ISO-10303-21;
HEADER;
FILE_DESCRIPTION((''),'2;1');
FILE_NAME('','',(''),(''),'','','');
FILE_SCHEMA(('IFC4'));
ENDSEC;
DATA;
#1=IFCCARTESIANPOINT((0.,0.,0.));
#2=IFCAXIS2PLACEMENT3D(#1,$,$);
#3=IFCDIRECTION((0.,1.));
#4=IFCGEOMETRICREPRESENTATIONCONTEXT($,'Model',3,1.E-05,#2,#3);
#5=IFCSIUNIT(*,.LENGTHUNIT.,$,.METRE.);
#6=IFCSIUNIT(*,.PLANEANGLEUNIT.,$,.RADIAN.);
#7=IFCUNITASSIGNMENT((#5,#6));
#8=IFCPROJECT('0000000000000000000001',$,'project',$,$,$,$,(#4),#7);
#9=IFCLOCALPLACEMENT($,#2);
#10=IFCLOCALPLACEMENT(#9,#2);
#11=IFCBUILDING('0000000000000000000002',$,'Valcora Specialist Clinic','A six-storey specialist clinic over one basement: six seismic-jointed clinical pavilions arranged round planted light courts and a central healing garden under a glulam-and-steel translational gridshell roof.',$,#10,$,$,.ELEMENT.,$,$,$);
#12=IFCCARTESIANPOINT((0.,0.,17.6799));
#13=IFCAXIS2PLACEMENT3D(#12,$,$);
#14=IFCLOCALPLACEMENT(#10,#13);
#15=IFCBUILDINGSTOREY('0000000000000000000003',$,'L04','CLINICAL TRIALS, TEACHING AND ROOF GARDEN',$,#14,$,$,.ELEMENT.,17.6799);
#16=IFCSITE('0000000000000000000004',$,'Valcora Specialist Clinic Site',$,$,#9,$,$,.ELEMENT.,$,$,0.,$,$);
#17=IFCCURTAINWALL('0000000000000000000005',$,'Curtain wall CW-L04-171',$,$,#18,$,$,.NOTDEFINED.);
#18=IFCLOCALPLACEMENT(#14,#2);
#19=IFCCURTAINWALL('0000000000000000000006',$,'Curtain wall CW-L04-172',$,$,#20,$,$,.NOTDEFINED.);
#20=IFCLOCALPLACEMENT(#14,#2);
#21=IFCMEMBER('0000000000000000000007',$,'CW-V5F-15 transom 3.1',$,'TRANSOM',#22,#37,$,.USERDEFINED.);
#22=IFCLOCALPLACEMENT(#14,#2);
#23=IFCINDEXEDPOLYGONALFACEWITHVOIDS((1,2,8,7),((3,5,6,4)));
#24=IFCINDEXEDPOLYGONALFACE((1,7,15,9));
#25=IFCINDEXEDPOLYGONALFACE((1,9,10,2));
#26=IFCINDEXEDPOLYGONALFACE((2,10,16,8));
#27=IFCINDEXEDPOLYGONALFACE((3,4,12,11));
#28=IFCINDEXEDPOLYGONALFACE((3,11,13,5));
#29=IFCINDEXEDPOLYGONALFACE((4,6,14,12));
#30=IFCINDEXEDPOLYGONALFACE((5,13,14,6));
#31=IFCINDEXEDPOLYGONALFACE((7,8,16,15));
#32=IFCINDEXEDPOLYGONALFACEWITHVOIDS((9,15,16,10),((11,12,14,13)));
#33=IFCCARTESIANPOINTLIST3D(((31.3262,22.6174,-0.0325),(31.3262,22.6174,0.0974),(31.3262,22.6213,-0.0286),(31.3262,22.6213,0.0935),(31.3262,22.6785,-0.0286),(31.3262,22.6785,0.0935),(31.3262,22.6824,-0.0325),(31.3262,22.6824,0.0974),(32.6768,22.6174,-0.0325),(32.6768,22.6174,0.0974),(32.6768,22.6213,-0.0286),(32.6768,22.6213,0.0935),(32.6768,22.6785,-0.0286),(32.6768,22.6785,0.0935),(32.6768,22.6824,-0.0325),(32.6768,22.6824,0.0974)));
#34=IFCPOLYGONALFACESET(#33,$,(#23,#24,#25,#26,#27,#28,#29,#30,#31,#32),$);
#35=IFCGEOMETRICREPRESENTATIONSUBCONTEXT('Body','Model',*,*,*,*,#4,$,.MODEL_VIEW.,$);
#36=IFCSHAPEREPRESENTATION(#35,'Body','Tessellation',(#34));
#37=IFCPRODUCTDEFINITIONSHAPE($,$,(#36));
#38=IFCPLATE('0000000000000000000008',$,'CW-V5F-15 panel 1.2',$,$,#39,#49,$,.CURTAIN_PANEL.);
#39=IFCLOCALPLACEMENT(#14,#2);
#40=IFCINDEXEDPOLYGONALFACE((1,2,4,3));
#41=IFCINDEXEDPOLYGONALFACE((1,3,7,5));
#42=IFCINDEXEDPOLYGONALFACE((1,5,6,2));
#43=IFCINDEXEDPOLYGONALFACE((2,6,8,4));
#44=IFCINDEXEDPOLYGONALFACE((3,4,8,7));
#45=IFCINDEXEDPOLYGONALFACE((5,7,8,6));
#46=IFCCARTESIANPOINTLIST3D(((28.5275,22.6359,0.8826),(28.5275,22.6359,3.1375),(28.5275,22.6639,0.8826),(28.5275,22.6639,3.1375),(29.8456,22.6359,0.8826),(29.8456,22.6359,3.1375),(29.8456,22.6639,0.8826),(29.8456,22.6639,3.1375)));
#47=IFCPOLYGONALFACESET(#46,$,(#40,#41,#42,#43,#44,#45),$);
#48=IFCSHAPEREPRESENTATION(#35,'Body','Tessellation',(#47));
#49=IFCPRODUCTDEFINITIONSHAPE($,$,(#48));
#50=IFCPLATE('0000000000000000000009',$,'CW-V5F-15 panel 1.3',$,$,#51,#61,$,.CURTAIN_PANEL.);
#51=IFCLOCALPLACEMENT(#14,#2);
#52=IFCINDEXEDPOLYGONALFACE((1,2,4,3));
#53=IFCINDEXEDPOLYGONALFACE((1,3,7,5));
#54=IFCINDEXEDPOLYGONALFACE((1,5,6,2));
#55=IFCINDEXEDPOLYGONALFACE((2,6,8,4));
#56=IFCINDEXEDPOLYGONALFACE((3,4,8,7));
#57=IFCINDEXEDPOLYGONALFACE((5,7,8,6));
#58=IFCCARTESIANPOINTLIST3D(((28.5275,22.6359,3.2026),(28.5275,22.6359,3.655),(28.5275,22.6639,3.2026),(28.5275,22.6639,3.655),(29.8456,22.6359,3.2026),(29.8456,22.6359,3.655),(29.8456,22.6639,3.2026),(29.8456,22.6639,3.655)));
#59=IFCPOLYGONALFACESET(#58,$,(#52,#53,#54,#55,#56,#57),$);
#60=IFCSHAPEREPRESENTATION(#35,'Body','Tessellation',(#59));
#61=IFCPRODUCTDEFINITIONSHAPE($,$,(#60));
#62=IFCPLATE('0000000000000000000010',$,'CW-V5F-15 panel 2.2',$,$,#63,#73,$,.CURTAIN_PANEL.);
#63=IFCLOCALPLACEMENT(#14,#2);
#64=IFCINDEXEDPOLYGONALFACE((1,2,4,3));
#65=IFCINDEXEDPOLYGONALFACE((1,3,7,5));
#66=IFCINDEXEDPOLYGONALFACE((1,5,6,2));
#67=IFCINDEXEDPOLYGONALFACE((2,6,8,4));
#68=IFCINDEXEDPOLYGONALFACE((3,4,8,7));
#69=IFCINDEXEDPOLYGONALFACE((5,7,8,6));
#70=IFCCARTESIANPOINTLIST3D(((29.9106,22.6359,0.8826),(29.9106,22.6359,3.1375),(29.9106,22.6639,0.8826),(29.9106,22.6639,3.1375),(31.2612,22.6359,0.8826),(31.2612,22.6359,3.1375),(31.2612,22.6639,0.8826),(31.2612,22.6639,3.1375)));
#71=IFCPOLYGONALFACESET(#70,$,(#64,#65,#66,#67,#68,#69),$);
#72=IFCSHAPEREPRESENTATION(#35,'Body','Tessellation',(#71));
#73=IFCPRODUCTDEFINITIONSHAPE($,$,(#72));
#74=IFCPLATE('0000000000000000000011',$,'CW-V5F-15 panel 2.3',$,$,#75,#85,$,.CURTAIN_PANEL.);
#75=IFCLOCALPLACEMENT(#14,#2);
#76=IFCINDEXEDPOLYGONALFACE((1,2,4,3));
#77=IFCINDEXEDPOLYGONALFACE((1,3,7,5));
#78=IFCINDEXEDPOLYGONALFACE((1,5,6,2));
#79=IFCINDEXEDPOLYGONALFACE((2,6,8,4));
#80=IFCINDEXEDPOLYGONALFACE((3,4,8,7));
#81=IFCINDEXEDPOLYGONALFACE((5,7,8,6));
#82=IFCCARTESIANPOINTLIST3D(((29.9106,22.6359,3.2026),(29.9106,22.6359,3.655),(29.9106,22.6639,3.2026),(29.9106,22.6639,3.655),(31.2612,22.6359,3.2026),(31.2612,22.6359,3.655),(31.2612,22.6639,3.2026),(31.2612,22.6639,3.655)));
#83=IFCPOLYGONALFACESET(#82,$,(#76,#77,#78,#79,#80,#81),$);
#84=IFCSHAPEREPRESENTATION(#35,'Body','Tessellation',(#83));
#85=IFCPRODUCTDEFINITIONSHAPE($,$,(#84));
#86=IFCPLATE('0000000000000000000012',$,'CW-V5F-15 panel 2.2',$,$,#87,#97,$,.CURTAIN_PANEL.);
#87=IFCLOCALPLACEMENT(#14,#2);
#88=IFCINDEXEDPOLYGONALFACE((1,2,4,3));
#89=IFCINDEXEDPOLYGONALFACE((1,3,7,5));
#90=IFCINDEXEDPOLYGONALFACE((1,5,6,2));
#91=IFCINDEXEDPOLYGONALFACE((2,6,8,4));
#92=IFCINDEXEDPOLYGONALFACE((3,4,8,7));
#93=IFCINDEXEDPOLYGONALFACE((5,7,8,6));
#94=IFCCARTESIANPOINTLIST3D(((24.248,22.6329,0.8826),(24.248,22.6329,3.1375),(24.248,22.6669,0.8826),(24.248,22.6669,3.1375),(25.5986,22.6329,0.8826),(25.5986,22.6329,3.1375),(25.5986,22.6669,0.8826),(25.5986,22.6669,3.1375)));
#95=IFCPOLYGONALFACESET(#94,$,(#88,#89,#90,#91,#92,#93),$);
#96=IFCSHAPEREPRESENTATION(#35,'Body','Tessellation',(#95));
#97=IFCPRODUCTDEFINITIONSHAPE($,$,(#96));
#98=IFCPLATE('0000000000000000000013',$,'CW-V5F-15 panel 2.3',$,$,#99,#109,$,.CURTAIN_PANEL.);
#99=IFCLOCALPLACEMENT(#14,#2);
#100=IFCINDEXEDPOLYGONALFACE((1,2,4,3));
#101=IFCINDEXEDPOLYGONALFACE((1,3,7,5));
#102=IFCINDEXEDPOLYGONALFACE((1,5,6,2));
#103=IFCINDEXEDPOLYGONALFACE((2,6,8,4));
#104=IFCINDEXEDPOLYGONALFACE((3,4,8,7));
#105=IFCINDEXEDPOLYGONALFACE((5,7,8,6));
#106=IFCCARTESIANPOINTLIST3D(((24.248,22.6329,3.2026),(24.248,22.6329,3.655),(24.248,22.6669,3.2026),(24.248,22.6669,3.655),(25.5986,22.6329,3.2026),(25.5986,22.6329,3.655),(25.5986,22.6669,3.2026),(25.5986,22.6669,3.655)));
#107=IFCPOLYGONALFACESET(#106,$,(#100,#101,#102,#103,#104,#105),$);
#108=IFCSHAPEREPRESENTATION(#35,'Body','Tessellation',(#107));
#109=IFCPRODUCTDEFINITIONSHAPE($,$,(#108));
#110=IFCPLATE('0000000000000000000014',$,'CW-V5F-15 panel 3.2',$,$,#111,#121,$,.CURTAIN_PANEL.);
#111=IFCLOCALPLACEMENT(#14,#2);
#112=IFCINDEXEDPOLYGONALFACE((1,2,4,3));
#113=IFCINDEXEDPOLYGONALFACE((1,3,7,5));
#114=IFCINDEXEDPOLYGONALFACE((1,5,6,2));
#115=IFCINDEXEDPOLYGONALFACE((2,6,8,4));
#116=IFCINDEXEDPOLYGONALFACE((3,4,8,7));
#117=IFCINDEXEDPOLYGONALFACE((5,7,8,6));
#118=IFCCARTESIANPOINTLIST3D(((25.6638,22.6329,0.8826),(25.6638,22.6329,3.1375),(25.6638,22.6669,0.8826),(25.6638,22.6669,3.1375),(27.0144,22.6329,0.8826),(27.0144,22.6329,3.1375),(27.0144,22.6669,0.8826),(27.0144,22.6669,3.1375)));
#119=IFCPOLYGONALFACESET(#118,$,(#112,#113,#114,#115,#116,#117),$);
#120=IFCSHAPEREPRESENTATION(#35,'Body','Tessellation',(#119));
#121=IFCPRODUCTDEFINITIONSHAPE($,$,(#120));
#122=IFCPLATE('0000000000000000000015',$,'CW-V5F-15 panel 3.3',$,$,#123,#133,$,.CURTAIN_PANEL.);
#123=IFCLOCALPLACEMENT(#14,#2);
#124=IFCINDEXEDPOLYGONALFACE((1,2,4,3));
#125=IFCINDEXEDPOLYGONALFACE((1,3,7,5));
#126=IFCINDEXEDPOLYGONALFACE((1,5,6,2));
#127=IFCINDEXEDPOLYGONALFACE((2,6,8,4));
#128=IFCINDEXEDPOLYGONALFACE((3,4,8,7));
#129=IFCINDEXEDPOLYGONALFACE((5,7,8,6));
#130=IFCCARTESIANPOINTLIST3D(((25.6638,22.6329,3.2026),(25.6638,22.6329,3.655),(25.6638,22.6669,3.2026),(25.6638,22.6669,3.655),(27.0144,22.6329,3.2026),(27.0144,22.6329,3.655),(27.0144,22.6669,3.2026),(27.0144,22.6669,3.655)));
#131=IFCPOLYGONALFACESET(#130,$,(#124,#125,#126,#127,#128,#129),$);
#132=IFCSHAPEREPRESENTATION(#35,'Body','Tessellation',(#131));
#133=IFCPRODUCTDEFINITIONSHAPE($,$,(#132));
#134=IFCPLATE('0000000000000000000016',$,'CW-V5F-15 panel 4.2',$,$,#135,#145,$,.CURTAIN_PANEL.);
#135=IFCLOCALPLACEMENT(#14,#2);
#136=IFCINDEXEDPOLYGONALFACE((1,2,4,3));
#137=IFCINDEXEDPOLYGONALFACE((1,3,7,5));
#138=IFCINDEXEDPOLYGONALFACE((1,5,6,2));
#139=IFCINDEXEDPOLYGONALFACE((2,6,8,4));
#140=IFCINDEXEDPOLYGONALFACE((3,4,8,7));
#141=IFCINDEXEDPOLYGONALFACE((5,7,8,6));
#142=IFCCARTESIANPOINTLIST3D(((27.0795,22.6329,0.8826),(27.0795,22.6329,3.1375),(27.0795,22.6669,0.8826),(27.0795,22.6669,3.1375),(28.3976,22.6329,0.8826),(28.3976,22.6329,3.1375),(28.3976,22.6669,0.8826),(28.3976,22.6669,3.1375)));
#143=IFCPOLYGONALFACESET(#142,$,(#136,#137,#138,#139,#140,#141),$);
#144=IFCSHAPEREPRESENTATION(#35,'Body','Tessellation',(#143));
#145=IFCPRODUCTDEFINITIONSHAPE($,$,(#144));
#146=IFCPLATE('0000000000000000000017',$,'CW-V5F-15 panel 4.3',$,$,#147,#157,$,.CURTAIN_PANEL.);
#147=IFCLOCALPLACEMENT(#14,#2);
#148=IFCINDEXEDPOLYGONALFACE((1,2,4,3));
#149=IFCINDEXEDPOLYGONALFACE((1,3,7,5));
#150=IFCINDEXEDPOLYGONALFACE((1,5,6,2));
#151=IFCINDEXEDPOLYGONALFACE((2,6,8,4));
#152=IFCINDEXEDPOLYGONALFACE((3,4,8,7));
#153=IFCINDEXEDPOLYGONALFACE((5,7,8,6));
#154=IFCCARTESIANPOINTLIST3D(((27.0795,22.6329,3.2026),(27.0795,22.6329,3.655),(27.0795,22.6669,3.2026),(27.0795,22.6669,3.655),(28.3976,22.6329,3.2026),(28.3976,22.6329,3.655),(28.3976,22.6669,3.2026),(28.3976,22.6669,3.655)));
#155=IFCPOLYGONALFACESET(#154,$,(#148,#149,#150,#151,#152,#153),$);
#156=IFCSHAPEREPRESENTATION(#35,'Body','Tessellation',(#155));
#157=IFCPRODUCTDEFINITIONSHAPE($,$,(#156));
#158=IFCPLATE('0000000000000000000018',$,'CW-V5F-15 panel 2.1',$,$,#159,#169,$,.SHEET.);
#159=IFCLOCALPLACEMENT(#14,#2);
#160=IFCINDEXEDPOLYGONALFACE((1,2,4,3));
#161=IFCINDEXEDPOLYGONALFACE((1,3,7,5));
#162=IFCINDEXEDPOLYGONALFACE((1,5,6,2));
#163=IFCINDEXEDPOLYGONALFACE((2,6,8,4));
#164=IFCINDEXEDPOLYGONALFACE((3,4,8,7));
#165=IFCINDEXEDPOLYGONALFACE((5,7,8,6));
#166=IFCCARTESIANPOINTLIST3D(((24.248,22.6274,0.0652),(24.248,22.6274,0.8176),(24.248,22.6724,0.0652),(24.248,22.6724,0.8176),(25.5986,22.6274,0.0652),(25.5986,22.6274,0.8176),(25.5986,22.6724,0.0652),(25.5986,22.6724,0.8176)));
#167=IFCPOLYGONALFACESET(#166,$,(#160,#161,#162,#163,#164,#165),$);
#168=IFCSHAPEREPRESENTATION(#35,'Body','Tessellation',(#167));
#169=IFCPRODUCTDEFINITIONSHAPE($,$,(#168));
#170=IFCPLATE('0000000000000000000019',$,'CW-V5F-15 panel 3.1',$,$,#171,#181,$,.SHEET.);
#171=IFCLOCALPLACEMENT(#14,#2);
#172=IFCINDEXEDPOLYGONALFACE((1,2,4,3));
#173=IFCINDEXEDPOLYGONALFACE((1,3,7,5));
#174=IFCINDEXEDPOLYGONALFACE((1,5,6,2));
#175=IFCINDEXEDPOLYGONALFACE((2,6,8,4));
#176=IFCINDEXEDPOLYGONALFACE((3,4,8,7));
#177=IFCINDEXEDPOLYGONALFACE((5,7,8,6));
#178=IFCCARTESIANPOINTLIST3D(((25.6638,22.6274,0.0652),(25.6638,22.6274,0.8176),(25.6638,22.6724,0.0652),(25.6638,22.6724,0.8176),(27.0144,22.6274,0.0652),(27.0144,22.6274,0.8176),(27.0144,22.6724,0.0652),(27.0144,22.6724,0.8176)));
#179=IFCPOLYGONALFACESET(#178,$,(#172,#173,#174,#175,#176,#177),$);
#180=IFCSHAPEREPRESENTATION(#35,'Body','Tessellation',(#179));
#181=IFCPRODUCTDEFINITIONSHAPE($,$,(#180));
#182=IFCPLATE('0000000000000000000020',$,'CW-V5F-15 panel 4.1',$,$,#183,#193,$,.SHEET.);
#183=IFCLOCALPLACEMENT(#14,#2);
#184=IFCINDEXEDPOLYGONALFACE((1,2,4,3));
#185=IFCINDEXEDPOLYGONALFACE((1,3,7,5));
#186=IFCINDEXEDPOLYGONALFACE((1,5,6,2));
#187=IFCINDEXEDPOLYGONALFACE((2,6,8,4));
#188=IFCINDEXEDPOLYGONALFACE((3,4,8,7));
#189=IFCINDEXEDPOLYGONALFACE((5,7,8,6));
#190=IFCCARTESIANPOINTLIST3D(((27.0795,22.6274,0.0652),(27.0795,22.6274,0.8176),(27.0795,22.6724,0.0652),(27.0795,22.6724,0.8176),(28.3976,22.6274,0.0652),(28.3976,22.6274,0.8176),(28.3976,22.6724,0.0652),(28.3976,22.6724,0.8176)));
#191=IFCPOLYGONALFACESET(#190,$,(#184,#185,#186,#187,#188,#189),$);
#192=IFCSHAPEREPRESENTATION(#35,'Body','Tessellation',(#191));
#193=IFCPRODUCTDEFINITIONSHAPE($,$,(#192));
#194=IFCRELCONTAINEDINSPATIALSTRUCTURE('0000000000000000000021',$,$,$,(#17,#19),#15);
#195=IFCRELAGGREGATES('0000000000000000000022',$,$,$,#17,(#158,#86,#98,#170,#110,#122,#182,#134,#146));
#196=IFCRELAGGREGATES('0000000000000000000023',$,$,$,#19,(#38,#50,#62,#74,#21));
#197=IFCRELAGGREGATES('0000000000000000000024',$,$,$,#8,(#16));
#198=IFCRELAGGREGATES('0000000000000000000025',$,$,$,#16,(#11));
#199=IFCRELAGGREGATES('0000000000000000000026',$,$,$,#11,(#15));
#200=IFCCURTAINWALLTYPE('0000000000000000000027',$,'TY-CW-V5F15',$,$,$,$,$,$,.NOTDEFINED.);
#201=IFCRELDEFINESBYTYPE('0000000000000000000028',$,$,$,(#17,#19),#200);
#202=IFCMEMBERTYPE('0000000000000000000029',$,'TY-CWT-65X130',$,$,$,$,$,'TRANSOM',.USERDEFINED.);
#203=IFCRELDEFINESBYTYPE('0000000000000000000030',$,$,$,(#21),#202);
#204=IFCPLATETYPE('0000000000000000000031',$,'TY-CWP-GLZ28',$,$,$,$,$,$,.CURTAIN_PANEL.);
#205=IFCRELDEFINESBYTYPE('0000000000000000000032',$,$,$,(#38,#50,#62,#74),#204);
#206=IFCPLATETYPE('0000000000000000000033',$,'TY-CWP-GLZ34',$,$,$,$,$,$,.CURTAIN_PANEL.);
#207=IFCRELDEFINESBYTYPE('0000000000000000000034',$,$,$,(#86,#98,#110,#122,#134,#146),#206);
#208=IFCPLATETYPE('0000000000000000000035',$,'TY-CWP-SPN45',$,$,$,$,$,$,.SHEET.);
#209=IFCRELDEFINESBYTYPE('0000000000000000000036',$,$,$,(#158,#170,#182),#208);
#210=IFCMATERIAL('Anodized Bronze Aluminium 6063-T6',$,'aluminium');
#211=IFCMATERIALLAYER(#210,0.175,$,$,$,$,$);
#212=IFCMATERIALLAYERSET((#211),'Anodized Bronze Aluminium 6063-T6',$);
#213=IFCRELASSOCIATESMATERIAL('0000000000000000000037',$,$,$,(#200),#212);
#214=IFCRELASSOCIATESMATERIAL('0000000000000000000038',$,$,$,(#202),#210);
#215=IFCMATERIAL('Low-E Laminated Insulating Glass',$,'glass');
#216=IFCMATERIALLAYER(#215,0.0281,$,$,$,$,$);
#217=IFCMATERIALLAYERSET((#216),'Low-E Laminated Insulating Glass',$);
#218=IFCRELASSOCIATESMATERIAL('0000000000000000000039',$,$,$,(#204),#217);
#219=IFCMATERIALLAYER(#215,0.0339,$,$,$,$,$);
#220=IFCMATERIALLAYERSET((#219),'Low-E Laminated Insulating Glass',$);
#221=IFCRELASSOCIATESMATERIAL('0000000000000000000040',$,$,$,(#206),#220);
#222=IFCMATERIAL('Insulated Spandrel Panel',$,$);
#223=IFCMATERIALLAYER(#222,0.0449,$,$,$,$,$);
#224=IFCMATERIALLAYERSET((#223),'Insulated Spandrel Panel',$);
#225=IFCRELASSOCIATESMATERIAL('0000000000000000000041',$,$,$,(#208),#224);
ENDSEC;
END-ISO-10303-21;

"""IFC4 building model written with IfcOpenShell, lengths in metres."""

from ifc_helpers import new_model, si_unit, direction, frame, origin, origin_2d, place, context, subcontext, project, spatial, rectangle, hollow_rectangle, extrude, material, layer, layer_set, material_profile, profile_set, type_object, element, aggregate, save


model = new_model("IFC4")

# Units and contexts
model_context = context("Model", 3, precision=1e-05, world=origin(), true_north=direction((0.0, 1.0)))
body_context = subcontext(model_context, "Body", "Model", "MODEL_VIEW")
ifc_project = project(units=[si_unit("LENGTHUNIT", "METRE"), si_unit("PLANEANGLEUNIT", "RADIAN")], contexts=[model_context])

# Site, building, storey
site_placement = place(None, origin())
site = spatial("IfcSite", under=ifc_project, at=site_placement, Name="Valcora Specialist Clinic Site", CompositionType="ELEMENT", RefElevation=0.0)
building_placement = place(site_placement, origin())
building = spatial("IfcBuilding", under=site, at=building_placement, Name="Valcora Specialist Clinic", Description="A six-storey specialist clinic over one basement: six seismic-jointed clinical pavilions arranged round planted light courts and a central healing garden under a glulam-and-steel translational gridshell roof.", CompositionType="ELEMENT")
storey_placement = place(building_placement, frame((0.0, 0.0, 17.6799)))
storey = spatial("IfcBuildingStorey", under=building, at=storey_placement, Name="L04", Description="CLINICAL TRIALS, TEACHING AND ROOF GARDEN", CompositionType="ELEMENT", Elevation=17.6799)

# Curtain walls
ifc_material_1 = material(Name="Anodized Bronze Aluminium 6063-T6", Category="aluminium")
ifc_layer_1 = layer(ifc_material_1, 0.175)
ifc_layer_set_1 = layer_set([ifc_layer_1], Name="Anodized Bronze Aluminium 6063-T6")
curtain_wall_type = type_object("IfcCurtainWallType", Name="TY-CW-V5F15", PredefinedType="NOTDEFINED", material=ifc_layer_set_1)
curtain_wall_1_placement = place(storey_placement, origin())
curtain_wall_1 = element("IfcCurtainWall", 1, at=curtain_wall_1_placement, inside=storey, type_object=curtain_wall_type, Name="Curtain wall CW-L04-171", PredefinedType="NOTDEFINED")
curtain_wall_2_placement = place(storey_placement, origin())
curtain_wall_2 = element("IfcCurtainWall", 2, at=curtain_wall_2_placement, inside=storey, type_object=curtain_wall_type, Name="Curtain wall CW-L04-172", PredefinedType="NOTDEFINED")

# Member
ifc_material_profile_1 = material_profile(ifc_material_1, hollow_rectangle(XDim=0.0649, YDim=0.1299, WallThickness=0.0039, at=origin_2d()), Name="AL-TRN-65X130")
ifc_profile_set_1 = profile_set([ifc_material_profile_1], Name="Anodized Bronze Aluminium 6063-T6")
member_type_1 = type_object("IfcMemberType", Name="TY-CWT-65X130", ElementType="TRANSOM", PredefinedType="USERDEFINED", material=ifc_profile_set_1)
member_1_placement = place(storey_placement, frame((31.3262, 22.6499, 0.0325), z_axis=(1.0, 0.0, 0.0), x_axis=(0.0, 1.0, 0.0)))
member_1 = element("IfcMember", 3, at=member_1_placement, type_object=member_type_1, Name="CW-V5F-15 transom 3.1", ObjectType="TRANSOM", PredefinedType="USERDEFINED", context=body_context, shape_type="SweptSolid", body=[
    extrude(hollow_rectangle(XDim=0.0649, YDim=0.1299, WallThickness=0.0039, at=origin_2d()), origin(), (0.0, 0.0, 1.0), 1.3506),
])

# Plates
ifc_material_2 = material(Name="Low-E Laminated Insulating Glass", Category="glass")
ifc_layer_2 = layer(ifc_material_2, 0.0281)
ifc_layer_set_2 = layer_set([ifc_layer_2], Name="Low-E Laminated Insulating Glass")
plate_type_1 = type_object("IfcPlateType", Name="TY-CWP-GLZ28", PredefinedType="CURTAIN_PANEL", material=ifc_layer_set_2)
plate_1_placement = place(storey_placement, frame((29.1865, 22.6499, 0.8826), z_axis=(0.0, 0.0, 1.0), x_axis=(1.0, 0.0, 0.0)))
plate_1 = element("IfcPlate", 4, at=plate_1_placement, type_object=plate_type_1, Name="CW-V5F-15 panel 1.2", PredefinedType="CURTAIN_PANEL", context=body_context, shape_type="SweptSolid", body=[
    extrude(rectangle(XDim=1.3181, YDim=0.0281, at=origin_2d()), origin(), (0.0, 0.0, 1.0), 2.2549),
])
plate_2_placement = place(storey_placement, frame((29.1865, 22.6499, 3.2026), z_axis=(0.0, 0.0, 1.0), x_axis=(1.0, 0.0, 0.0)))
plate_2 = element("IfcPlate", 5, at=plate_2_placement, type_object=plate_type_1, Name="CW-V5F-15 panel 1.3", PredefinedType="CURTAIN_PANEL", context=body_context, shape_type="SweptSolid", body=[
    extrude(rectangle(XDim=1.3181, YDim=0.0281, at=origin_2d()), origin(), (0.0, 0.0, 1.0), 0.4524),
])
plate_3_placement = place(storey_placement, frame((30.5859, 22.6499, 0.8826), z_axis=(0.0, 0.0, 1.0), x_axis=(1.0, 0.0, 0.0)))
plate_3 = element("IfcPlate", 6, at=plate_3_placement, type_object=plate_type_1, Name="CW-V5F-15 panel 2.2", PredefinedType="CURTAIN_PANEL", context=body_context, shape_type="SweptSolid", body=[
    extrude(rectangle(XDim=1.3506, YDim=0.0281, at=origin_2d()), origin(), (0.0, 0.0, 1.0), 2.2549),
])
plate_4_placement = place(storey_placement, frame((30.5859, 22.6499, 3.2026), z_axis=(0.0, 0.0, 1.0), x_axis=(1.0, 0.0, 0.0)))
plate_4 = element("IfcPlate", 7, at=plate_4_placement, type_object=plate_type_1, Name="CW-V5F-15 panel 2.3", PredefinedType="CURTAIN_PANEL", context=body_context, shape_type="SweptSolid", body=[
    extrude(rectangle(XDim=1.3506, YDim=0.0281, at=origin_2d()), origin(), (0.0, 0.0, 1.0), 0.4524),
])
ifc_layer_3 = layer(ifc_material_2, 0.0339)
ifc_layer_set_3 = layer_set([ifc_layer_3], Name="Low-E Laminated Insulating Glass")
plate_type_2 = type_object("IfcPlateType", Name="TY-CWP-GLZ34", PredefinedType="CURTAIN_PANEL", material=ifc_layer_set_3)
plate_5_placement = place(storey_placement, frame((24.9233, 22.6499, 0.8826), z_axis=(0.0, 0.0, 1.0), x_axis=(1.0, 0.0, 0.0)))
plate_5 = element("IfcPlate", 8, at=plate_5_placement, type_object=plate_type_2, Name="CW-V5F-15 panel 2.2", PredefinedType="CURTAIN_PANEL", context=body_context, shape_type="SweptSolid", body=[
    extrude(rectangle(XDim=1.3506, YDim=0.0339, at=origin_2d()), origin(), (0.0, 0.0, 1.0), 2.2549),
])
plate_6_placement = place(storey_placement, frame((24.9233, 22.6499, 3.2026), z_axis=(0.0, 0.0, 1.0), x_axis=(1.0, 0.0, 0.0)))
plate_6 = element("IfcPlate", 9, at=plate_6_placement, type_object=plate_type_2, Name="CW-V5F-15 panel 2.3", PredefinedType="CURTAIN_PANEL", context=body_context, shape_type="SweptSolid", body=[
    extrude(rectangle(XDim=1.3506, YDim=0.0339, at=origin_2d()), origin(), (0.0, 0.0, 1.0), 0.4524),
])
plate_7_placement = place(storey_placement, frame((26.3391, 22.6499, 0.8826), z_axis=(0.0, 0.0, 1.0), x_axis=(1.0, 0.0, 0.0)))
plate_7 = element("IfcPlate", 10, at=plate_7_placement, type_object=plate_type_2, Name="CW-V5F-15 panel 3.2", PredefinedType="CURTAIN_PANEL", context=body_context, shape_type="SweptSolid", body=[
    extrude(rectangle(XDim=1.3506, YDim=0.0339, at=origin_2d()), origin(), (0.0, 0.0, 1.0), 2.2549),
])
plate_8_placement = place(storey_placement, frame((26.3391, 22.6499, 3.2026), z_axis=(0.0, 0.0, 1.0), x_axis=(1.0, 0.0, 0.0)))
plate_8 = element("IfcPlate", 11, at=plate_8_placement, type_object=plate_type_2, Name="CW-V5F-15 panel 3.3", PredefinedType="CURTAIN_PANEL", context=body_context, shape_type="SweptSolid", body=[
    extrude(rectangle(XDim=1.3506, YDim=0.0339, at=origin_2d()), origin(), (0.0, 0.0, 1.0), 0.4524),
])
plate_9_placement = place(storey_placement, frame((27.7385, 22.6499, 0.8826), z_axis=(0.0, 0.0, 1.0), x_axis=(1.0, 0.0, 0.0)))
plate_9 = element("IfcPlate", 12, at=plate_9_placement, type_object=plate_type_2, Name="CW-V5F-15 panel 4.2", PredefinedType="CURTAIN_PANEL", context=body_context, shape_type="SweptSolid", body=[
    extrude(rectangle(XDim=1.3181, YDim=0.0339, at=origin_2d()), origin(), (0.0, 0.0, 1.0), 2.2549),
])
plate_10_placement = place(storey_placement, frame((27.7385, 22.6499, 3.2026), z_axis=(0.0, 0.0, 1.0), x_axis=(1.0, 0.0, 0.0)))
plate_10 = element("IfcPlate", 13, at=plate_10_placement, type_object=plate_type_2, Name="CW-V5F-15 panel 4.3", PredefinedType="CURTAIN_PANEL", context=body_context, shape_type="SweptSolid", body=[
    extrude(rectangle(XDim=1.3181, YDim=0.0339, at=origin_2d()), origin(), (0.0, 0.0, 1.0), 0.4524),
])
ifc_material_3 = material(Name="Insulated Spandrel Panel")
ifc_layer_4 = layer(ifc_material_3, 0.0449)
ifc_layer_set_4 = layer_set([ifc_layer_4], Name="Insulated Spandrel Panel")
plate_type_3 = type_object("IfcPlateType", Name="TY-CWP-SPN45", PredefinedType="SHEET", material=ifc_layer_set_4)
plate_11_placement = place(storey_placement, frame((24.9233, 22.6499, 0.0652), z_axis=(0.0, 0.0, 1.0), x_axis=(1.0, 0.0, 0.0)))
plate_11 = element("IfcPlate", 14, at=plate_11_placement, type_object=plate_type_3, Name="CW-V5F-15 panel 2.1", PredefinedType="SHEET", context=body_context, shape_type="SweptSolid", body=[
    extrude(rectangle(XDim=1.3506, YDim=0.0449, at=origin_2d()), origin(), (0.0, 0.0, 1.0), 0.7524),
])
plate_12_placement = place(storey_placement, frame((26.3391, 22.6499, 0.0652), z_axis=(0.0, 0.0, 1.0), x_axis=(1.0, 0.0, 0.0)))
plate_12 = element("IfcPlate", 15, at=plate_12_placement, type_object=plate_type_3, Name="CW-V5F-15 panel 3.1", PredefinedType="SHEET", context=body_context, shape_type="SweptSolid", body=[
    extrude(rectangle(XDim=1.3506, YDim=0.0449, at=origin_2d()), origin(), (0.0, 0.0, 1.0), 0.7524),
])
plate_13_placement = place(storey_placement, frame((27.7385, 22.6499, 0.0652), z_axis=(0.0, 0.0, 1.0), x_axis=(1.0, 0.0, 0.0)))
plate_13 = element("IfcPlate", 16, at=plate_13_placement, type_object=plate_type_3, Name="CW-V5F-15 panel 4.1", PredefinedType="SHEET", context=body_context, shape_type="SweptSolid", body=[
    extrude(rectangle(XDim=1.3181, YDim=0.0449, at=origin_2d()), origin(), (0.0, 0.0, 1.0), 0.7524),
])
aggregate(curtain_wall_1, [plate_11, plate_5, plate_6, plate_12, plate_7, plate_8, plate_13, plate_9, plate_10])
aggregate(curtain_wall_2, [plate_1, plate_2, plate_3, plate_4, member_1])

save(model, "model.ifc")
